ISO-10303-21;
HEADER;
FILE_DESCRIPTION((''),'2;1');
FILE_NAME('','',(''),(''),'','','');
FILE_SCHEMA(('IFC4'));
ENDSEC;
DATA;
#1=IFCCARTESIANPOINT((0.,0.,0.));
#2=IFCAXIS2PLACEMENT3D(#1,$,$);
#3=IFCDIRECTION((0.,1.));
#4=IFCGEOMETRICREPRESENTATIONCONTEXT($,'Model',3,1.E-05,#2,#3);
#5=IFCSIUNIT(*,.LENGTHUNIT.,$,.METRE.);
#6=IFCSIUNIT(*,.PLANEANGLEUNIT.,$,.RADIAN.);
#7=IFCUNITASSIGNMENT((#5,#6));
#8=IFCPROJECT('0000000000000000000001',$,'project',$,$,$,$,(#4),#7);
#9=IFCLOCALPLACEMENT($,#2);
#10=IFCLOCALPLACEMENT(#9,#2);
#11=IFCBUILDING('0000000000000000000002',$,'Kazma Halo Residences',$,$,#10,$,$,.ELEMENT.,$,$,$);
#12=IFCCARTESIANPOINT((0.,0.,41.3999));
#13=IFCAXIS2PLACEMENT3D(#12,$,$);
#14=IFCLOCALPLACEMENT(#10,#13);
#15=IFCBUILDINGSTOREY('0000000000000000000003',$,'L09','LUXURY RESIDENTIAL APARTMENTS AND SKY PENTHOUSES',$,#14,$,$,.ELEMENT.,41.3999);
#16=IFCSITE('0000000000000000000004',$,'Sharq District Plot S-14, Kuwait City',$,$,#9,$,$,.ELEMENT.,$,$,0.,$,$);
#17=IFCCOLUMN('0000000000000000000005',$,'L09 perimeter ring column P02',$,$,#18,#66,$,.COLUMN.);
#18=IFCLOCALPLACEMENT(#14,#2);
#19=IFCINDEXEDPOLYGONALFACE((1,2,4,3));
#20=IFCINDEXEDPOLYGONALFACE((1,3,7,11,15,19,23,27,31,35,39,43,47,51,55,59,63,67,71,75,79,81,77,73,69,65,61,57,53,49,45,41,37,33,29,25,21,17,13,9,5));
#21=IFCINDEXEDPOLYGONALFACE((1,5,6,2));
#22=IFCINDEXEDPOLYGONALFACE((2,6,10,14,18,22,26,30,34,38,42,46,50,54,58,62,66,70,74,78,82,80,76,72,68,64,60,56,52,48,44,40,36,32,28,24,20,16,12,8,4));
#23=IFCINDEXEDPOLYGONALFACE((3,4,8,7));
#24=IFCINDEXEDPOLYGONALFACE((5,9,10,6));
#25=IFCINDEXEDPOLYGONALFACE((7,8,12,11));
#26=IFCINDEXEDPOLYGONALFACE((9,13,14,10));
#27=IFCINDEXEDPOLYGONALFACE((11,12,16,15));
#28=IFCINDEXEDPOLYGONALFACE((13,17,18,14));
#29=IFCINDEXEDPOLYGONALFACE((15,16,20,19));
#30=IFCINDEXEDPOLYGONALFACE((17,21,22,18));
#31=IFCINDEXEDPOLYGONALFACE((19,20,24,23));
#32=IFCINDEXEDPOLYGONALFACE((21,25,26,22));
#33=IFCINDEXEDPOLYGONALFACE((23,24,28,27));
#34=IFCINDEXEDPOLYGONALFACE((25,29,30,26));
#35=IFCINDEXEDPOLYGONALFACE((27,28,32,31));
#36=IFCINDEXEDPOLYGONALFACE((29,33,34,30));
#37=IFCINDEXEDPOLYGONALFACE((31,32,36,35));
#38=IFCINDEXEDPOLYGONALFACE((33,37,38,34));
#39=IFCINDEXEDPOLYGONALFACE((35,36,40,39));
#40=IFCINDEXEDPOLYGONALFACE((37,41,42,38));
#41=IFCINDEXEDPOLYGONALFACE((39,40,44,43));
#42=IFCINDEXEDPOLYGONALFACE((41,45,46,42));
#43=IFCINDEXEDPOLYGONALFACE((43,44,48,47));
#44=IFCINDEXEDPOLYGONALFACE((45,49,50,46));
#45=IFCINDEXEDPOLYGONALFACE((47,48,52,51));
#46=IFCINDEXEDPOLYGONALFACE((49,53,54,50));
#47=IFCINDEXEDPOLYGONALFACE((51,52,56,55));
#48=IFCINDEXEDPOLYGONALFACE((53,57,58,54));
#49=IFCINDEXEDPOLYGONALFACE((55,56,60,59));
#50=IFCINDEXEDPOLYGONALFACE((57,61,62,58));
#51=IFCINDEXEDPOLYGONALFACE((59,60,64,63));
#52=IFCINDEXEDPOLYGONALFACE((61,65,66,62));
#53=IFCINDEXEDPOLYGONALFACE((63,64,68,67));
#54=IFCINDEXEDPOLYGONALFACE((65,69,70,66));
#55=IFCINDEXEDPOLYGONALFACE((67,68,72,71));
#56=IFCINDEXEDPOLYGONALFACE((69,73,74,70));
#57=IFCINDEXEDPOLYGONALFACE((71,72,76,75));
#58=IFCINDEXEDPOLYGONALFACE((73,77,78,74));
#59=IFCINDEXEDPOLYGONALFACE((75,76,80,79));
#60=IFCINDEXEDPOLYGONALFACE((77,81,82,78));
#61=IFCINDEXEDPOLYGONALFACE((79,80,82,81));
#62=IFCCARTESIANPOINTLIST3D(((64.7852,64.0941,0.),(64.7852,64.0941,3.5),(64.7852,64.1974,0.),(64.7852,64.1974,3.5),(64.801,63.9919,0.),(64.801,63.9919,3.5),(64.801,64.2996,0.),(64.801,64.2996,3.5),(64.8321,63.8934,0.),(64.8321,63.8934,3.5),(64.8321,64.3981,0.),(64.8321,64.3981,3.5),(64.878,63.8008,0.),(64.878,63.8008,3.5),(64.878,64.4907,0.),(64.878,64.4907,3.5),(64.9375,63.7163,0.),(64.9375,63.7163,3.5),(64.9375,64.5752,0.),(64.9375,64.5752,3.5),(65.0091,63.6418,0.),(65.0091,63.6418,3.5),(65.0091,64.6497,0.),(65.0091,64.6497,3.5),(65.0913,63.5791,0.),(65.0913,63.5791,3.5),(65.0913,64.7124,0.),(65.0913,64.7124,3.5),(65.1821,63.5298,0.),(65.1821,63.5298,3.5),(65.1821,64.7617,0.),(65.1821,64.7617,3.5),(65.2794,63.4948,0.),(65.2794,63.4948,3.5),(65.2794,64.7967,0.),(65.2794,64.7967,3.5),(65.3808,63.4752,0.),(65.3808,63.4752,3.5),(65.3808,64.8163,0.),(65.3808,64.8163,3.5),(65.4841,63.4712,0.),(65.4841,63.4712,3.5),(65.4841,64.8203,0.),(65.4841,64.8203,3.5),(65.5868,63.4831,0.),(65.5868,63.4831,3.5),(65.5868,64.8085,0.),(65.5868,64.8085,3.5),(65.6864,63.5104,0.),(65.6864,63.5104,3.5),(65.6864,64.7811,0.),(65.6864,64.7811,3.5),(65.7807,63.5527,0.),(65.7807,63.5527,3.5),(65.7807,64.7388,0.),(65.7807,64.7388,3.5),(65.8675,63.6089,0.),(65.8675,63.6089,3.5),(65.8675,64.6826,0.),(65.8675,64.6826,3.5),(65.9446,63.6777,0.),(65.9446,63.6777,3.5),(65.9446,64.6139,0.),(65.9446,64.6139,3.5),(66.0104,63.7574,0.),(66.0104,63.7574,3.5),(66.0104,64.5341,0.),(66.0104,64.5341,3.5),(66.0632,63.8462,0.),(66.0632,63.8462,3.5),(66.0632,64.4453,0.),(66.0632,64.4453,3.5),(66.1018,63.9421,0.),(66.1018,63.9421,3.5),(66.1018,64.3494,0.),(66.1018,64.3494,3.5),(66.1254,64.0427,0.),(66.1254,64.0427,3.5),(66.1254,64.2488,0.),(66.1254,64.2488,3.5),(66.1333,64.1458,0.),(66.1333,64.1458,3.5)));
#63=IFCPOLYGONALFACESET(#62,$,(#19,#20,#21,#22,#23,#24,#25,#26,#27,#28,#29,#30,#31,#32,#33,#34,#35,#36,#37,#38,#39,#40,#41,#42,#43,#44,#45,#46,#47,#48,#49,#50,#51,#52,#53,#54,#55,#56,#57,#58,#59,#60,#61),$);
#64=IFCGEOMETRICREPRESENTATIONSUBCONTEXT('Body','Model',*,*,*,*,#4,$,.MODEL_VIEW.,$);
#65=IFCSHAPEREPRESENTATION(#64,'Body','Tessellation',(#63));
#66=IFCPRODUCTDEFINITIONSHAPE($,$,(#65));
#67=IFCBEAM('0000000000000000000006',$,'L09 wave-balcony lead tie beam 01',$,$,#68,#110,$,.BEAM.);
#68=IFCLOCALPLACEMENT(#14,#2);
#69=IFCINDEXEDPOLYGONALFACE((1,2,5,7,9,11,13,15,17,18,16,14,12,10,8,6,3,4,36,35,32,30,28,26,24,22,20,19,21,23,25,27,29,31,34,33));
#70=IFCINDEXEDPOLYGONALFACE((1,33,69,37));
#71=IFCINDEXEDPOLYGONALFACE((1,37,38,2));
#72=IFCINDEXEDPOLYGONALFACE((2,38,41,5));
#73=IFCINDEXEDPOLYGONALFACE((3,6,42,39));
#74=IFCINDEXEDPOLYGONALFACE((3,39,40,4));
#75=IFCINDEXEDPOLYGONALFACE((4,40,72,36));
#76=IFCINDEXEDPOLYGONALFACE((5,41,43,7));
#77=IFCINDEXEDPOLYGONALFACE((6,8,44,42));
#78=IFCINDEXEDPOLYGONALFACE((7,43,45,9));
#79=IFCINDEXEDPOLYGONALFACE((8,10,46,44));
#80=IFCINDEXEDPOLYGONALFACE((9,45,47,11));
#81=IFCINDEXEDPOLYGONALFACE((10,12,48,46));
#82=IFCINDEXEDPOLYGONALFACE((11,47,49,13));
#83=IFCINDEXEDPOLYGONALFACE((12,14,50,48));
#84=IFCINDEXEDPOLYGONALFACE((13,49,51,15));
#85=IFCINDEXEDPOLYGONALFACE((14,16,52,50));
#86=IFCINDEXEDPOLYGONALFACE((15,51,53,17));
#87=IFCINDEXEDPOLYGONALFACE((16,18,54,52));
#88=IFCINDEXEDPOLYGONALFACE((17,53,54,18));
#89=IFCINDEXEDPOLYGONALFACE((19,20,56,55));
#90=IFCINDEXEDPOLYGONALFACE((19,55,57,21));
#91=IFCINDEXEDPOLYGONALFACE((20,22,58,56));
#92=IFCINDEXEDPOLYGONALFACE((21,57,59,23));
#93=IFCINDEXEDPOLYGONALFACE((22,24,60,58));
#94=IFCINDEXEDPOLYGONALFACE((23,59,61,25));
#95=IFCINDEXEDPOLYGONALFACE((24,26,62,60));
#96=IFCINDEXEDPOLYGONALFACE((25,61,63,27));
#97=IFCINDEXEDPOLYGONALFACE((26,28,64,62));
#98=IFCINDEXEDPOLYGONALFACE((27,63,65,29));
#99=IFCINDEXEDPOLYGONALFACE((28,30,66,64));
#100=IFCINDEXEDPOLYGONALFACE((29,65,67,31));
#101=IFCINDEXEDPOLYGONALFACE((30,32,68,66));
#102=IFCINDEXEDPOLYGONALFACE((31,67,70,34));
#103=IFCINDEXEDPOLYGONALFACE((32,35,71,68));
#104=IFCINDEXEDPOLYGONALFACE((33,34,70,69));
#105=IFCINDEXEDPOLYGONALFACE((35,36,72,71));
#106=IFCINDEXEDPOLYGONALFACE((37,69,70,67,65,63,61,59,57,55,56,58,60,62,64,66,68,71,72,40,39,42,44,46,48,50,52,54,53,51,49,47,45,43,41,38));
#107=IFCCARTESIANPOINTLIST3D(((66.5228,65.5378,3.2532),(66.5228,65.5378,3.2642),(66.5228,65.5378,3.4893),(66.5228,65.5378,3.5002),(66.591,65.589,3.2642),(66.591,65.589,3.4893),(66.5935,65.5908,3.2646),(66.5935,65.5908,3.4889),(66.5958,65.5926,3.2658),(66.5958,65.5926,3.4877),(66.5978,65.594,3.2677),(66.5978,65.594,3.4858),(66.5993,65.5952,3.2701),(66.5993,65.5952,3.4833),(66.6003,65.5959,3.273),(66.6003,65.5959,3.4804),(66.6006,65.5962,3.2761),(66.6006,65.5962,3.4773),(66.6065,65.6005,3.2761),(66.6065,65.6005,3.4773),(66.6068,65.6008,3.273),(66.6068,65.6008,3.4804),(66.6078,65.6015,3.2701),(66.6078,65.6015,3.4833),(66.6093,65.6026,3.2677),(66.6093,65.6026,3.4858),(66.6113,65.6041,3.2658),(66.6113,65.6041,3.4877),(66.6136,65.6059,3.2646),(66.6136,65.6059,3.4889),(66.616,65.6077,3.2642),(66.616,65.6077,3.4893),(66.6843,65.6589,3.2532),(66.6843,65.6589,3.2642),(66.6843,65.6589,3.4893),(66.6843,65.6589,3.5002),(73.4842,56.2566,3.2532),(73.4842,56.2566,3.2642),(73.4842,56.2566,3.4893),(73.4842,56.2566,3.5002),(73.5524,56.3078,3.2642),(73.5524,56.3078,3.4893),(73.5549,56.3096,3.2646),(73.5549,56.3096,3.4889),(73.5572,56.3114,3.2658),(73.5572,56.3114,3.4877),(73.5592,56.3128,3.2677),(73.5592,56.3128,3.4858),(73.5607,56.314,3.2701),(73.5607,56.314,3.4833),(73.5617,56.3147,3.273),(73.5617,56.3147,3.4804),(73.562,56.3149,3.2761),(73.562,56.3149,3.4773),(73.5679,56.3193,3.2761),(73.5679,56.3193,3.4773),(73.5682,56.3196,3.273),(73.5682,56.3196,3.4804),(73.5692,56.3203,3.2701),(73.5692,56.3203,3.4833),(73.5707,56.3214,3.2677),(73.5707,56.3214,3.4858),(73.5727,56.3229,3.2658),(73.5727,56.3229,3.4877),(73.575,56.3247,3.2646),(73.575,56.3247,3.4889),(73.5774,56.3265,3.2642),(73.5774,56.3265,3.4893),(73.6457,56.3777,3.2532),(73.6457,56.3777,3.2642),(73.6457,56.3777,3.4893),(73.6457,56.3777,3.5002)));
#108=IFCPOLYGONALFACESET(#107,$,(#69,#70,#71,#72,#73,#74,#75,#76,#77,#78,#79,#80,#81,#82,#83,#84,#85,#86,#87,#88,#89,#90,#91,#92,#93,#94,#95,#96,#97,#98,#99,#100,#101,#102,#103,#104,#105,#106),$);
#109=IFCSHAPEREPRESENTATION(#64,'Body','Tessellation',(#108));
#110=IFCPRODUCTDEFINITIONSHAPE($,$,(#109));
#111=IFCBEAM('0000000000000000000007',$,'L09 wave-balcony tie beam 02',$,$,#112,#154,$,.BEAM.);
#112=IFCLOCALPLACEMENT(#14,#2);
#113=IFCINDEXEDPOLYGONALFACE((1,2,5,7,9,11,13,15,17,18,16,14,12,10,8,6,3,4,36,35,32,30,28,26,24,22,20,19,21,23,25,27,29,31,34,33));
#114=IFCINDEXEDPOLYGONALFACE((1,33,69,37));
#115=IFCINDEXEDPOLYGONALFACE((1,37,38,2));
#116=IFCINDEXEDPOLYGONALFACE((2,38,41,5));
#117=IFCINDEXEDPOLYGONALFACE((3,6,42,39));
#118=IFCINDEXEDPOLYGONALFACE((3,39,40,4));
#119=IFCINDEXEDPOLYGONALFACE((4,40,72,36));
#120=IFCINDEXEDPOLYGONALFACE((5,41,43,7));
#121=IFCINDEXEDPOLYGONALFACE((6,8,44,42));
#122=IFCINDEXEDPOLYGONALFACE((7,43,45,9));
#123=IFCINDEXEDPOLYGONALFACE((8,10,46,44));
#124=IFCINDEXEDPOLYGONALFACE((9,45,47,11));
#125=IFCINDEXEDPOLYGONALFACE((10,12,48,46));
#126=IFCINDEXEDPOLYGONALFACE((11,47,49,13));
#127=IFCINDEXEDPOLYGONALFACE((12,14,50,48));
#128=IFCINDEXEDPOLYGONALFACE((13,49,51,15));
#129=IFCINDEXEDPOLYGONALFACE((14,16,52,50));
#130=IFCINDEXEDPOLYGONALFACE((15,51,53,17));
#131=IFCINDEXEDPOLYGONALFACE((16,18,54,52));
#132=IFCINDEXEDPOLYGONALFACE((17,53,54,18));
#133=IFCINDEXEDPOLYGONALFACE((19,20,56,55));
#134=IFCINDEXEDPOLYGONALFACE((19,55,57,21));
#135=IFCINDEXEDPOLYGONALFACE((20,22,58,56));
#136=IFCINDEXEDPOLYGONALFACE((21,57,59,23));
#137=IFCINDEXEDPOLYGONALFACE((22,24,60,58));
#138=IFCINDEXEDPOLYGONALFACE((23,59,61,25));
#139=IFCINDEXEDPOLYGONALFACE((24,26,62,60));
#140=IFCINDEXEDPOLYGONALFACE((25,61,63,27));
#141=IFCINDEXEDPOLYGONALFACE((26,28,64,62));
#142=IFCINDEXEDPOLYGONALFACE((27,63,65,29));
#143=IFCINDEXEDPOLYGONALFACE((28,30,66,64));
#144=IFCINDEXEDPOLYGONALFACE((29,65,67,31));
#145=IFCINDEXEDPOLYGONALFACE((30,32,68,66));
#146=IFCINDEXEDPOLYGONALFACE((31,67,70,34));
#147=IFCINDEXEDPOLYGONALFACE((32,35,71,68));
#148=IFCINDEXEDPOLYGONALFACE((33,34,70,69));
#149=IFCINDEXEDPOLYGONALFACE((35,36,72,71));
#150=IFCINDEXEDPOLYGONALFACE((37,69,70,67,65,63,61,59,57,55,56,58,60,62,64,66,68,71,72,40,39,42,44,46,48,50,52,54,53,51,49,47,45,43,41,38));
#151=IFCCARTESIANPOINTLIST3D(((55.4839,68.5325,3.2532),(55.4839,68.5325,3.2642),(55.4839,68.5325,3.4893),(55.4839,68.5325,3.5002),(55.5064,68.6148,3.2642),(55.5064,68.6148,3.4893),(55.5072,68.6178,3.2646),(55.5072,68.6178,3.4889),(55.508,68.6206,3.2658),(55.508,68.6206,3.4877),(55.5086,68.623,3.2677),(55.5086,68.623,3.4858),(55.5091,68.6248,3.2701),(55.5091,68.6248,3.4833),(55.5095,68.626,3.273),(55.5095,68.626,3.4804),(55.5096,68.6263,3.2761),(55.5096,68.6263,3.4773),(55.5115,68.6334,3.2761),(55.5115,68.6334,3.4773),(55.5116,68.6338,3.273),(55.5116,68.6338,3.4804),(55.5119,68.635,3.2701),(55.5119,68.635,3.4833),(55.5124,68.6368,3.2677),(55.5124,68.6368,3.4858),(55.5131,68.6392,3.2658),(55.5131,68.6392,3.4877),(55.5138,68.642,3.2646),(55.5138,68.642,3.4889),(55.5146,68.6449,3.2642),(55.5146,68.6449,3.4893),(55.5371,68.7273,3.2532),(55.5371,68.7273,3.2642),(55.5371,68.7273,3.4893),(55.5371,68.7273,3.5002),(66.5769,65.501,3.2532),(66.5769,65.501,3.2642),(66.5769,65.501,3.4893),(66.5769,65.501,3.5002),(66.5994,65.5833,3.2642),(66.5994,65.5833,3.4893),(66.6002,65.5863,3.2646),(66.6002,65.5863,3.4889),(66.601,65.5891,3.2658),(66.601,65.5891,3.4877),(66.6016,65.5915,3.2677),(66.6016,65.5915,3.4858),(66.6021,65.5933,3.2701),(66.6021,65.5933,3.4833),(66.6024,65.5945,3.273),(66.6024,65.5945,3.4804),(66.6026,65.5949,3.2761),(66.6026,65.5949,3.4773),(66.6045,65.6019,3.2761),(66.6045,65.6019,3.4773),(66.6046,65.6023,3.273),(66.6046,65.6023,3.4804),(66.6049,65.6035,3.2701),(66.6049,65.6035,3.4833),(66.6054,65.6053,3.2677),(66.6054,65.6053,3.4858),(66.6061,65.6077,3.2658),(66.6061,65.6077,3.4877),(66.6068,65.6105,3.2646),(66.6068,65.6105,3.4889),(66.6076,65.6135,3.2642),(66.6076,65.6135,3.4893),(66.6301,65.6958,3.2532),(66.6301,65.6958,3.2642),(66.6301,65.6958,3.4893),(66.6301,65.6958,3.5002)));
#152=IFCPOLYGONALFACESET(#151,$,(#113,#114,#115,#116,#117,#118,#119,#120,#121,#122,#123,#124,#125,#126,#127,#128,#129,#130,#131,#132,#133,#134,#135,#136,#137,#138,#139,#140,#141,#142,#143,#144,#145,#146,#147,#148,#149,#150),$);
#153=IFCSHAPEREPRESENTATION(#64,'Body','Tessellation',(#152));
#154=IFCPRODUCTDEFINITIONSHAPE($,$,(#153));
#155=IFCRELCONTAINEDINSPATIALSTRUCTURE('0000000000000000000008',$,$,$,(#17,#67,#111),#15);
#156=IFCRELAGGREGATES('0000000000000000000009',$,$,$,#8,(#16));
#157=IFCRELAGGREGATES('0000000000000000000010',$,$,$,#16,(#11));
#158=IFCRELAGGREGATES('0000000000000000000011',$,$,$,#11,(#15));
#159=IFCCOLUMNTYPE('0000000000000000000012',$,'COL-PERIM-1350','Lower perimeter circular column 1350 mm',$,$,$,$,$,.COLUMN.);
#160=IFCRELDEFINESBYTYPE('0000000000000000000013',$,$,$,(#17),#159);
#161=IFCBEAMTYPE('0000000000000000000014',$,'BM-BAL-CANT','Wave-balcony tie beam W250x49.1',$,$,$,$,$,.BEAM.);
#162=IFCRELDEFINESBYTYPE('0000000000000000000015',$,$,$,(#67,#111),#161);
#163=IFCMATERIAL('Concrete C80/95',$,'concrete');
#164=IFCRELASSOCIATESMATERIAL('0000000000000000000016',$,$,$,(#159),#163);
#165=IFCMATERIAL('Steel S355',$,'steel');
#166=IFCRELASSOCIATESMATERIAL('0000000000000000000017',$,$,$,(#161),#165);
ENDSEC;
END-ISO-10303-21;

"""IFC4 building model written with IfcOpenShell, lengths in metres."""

from ifc_helpers import new_model, si_unit, direction, frame, origin, origin_2d, place, context, subcontext, project, spatial, circle, i_section, extrude, material, material_profile, profile_set, type_object, element, save


model = new_model("IFC4")

# Units and contexts
model_context = context("Model", 3, precision=1e-05, world=origin(), true_north=direction((0.0, 1.0)))
body_context = subcontext(model_context, "Body", "Model", "MODEL_VIEW")
ifc_project = project(units=[si_unit("LENGTHUNIT", "METRE"), si_unit("PLANEANGLEUNIT", "RADIAN")], contexts=[model_context])

# Site, building, storey
site_placement = place(None, origin())
site = spatial("IfcSite", under=ifc_project, at=site_placement, Name="Sharq District Plot S-14, Kuwait City", CompositionType="ELEMENT", RefElevation=0.0)
building_placement = place(site_placement, origin())
building = spatial("IfcBuilding", under=site, at=building_placement, Name="Kazma Halo Residences", CompositionType="ELEMENT")
storey_placement = place(building_placement, frame((0.0, 0.0, 41.3999)))
storey = spatial("IfcBuildingStorey", under=building, at=storey_placement, Name="L09", Description="LUXURY RESIDENTIAL APARTMENTS AND SKY PENTHOUSES", CompositionType="ELEMENT", Elevation=41.3999)

# Column
ifc_material_1 = material(Name="Concrete C80/95", Category="concrete")
ifc_material_profile_1 = material_profile(ifc_material_1, circle(Radius=0.675, at=origin_2d()), Name="CIRC1350")
ifc_profile_set_1 = profile_set([ifc_material_profile_1], Name="Concrete C80/95")
column_type = type_object("IfcColumnType", Name="COL-PERIM-1350", Description="Lower perimeter circular column 1350 mm", PredefinedType="COLUMN", material=ifc_profile_set_1)
column_placement = place(storey_placement, frame((65.4583, 64.1458, 0.0), z_axis=(0.0, 0.0, 1.0), x_axis=(1.0, 0.0, 0.0)))
element("IfcColumn", 1, at=column_placement, inside=storey, type_object=column_type, Name="L09 perimeter ring column P02", PredefinedType="COLUMN", context=body_context, shape_type="SweptSolid", body=[
    extrude(circle(Radius=0.675, at=origin_2d()), origin(), (0.0, 0.0, 1.0), 3.5),
])

# Beams
ifc_material_2 = material(Name="Steel S355", Category="steel")
ifc_material_profile_2 = material_profile(ifc_material_2, i_section(OverallWidth=0.2019, OverallDepth=0.2471, WebThickness=0.0073, FlangeThickness=0.011, FilletRadius=0.012, at=origin_2d()), Name="W250x49.1")
ifc_profile_set_2 = profile_set([ifc_material_profile_2], Name="Steel S355")
beam_type_1 = type_object("IfcBeamType", Name="BM-BAL-CANT", Description="Wave-balcony tie beam W250x49.1", PredefinedType="BEAM", material=ifc_profile_set_2)
beam_1_placement = place(storey_placement, frame((73.5649, 56.3171, 3.3767), z_axis=(-0.600027, 0.79998, 0.0), x_axis=(-0.79998, -0.600027, 0.0)))
element("IfcBeam", 2, at=beam_1_placement, inside=storey, type_object=beam_type_1, Name="L09 wave-balcony lead tie beam 01", PredefinedType="BEAM", context=body_context, shape_type="SweptSolid", body=[
    extrude(i_section(OverallWidth=0.2019, OverallDepth=0.2471, WebThickness=0.0073, FlangeThickness=0.011, FilletRadius=0.012, at=origin_2d()), origin(), (0.0, 0.0, 1.0), 11.6018),
])
beam_2_placement = place(storey_placement, frame((66.6035, 65.5984, 3.3767), z_axis=(-0.964628, 0.263613, 0.0), x_axis=(-0.263613, -0.964628, 0.0)))
element("IfcBeam", 3, at=beam_2_placement, inside=storey, type_object=beam_type_1, Name="L09 wave-balcony tie beam 02", PredefinedType="BEAM", context=body_context, shape_type="SweptSolid", body=[
    extrude(i_section(OverallWidth=0.2019, OverallDepth=0.2471, WebThickness=0.0073, FlangeThickness=0.011, FilletRadius=0.012, at=origin_2d()), origin(), (0.0, 0.0, 1.0), 11.4998),
])

save(model, "model.ifc")
